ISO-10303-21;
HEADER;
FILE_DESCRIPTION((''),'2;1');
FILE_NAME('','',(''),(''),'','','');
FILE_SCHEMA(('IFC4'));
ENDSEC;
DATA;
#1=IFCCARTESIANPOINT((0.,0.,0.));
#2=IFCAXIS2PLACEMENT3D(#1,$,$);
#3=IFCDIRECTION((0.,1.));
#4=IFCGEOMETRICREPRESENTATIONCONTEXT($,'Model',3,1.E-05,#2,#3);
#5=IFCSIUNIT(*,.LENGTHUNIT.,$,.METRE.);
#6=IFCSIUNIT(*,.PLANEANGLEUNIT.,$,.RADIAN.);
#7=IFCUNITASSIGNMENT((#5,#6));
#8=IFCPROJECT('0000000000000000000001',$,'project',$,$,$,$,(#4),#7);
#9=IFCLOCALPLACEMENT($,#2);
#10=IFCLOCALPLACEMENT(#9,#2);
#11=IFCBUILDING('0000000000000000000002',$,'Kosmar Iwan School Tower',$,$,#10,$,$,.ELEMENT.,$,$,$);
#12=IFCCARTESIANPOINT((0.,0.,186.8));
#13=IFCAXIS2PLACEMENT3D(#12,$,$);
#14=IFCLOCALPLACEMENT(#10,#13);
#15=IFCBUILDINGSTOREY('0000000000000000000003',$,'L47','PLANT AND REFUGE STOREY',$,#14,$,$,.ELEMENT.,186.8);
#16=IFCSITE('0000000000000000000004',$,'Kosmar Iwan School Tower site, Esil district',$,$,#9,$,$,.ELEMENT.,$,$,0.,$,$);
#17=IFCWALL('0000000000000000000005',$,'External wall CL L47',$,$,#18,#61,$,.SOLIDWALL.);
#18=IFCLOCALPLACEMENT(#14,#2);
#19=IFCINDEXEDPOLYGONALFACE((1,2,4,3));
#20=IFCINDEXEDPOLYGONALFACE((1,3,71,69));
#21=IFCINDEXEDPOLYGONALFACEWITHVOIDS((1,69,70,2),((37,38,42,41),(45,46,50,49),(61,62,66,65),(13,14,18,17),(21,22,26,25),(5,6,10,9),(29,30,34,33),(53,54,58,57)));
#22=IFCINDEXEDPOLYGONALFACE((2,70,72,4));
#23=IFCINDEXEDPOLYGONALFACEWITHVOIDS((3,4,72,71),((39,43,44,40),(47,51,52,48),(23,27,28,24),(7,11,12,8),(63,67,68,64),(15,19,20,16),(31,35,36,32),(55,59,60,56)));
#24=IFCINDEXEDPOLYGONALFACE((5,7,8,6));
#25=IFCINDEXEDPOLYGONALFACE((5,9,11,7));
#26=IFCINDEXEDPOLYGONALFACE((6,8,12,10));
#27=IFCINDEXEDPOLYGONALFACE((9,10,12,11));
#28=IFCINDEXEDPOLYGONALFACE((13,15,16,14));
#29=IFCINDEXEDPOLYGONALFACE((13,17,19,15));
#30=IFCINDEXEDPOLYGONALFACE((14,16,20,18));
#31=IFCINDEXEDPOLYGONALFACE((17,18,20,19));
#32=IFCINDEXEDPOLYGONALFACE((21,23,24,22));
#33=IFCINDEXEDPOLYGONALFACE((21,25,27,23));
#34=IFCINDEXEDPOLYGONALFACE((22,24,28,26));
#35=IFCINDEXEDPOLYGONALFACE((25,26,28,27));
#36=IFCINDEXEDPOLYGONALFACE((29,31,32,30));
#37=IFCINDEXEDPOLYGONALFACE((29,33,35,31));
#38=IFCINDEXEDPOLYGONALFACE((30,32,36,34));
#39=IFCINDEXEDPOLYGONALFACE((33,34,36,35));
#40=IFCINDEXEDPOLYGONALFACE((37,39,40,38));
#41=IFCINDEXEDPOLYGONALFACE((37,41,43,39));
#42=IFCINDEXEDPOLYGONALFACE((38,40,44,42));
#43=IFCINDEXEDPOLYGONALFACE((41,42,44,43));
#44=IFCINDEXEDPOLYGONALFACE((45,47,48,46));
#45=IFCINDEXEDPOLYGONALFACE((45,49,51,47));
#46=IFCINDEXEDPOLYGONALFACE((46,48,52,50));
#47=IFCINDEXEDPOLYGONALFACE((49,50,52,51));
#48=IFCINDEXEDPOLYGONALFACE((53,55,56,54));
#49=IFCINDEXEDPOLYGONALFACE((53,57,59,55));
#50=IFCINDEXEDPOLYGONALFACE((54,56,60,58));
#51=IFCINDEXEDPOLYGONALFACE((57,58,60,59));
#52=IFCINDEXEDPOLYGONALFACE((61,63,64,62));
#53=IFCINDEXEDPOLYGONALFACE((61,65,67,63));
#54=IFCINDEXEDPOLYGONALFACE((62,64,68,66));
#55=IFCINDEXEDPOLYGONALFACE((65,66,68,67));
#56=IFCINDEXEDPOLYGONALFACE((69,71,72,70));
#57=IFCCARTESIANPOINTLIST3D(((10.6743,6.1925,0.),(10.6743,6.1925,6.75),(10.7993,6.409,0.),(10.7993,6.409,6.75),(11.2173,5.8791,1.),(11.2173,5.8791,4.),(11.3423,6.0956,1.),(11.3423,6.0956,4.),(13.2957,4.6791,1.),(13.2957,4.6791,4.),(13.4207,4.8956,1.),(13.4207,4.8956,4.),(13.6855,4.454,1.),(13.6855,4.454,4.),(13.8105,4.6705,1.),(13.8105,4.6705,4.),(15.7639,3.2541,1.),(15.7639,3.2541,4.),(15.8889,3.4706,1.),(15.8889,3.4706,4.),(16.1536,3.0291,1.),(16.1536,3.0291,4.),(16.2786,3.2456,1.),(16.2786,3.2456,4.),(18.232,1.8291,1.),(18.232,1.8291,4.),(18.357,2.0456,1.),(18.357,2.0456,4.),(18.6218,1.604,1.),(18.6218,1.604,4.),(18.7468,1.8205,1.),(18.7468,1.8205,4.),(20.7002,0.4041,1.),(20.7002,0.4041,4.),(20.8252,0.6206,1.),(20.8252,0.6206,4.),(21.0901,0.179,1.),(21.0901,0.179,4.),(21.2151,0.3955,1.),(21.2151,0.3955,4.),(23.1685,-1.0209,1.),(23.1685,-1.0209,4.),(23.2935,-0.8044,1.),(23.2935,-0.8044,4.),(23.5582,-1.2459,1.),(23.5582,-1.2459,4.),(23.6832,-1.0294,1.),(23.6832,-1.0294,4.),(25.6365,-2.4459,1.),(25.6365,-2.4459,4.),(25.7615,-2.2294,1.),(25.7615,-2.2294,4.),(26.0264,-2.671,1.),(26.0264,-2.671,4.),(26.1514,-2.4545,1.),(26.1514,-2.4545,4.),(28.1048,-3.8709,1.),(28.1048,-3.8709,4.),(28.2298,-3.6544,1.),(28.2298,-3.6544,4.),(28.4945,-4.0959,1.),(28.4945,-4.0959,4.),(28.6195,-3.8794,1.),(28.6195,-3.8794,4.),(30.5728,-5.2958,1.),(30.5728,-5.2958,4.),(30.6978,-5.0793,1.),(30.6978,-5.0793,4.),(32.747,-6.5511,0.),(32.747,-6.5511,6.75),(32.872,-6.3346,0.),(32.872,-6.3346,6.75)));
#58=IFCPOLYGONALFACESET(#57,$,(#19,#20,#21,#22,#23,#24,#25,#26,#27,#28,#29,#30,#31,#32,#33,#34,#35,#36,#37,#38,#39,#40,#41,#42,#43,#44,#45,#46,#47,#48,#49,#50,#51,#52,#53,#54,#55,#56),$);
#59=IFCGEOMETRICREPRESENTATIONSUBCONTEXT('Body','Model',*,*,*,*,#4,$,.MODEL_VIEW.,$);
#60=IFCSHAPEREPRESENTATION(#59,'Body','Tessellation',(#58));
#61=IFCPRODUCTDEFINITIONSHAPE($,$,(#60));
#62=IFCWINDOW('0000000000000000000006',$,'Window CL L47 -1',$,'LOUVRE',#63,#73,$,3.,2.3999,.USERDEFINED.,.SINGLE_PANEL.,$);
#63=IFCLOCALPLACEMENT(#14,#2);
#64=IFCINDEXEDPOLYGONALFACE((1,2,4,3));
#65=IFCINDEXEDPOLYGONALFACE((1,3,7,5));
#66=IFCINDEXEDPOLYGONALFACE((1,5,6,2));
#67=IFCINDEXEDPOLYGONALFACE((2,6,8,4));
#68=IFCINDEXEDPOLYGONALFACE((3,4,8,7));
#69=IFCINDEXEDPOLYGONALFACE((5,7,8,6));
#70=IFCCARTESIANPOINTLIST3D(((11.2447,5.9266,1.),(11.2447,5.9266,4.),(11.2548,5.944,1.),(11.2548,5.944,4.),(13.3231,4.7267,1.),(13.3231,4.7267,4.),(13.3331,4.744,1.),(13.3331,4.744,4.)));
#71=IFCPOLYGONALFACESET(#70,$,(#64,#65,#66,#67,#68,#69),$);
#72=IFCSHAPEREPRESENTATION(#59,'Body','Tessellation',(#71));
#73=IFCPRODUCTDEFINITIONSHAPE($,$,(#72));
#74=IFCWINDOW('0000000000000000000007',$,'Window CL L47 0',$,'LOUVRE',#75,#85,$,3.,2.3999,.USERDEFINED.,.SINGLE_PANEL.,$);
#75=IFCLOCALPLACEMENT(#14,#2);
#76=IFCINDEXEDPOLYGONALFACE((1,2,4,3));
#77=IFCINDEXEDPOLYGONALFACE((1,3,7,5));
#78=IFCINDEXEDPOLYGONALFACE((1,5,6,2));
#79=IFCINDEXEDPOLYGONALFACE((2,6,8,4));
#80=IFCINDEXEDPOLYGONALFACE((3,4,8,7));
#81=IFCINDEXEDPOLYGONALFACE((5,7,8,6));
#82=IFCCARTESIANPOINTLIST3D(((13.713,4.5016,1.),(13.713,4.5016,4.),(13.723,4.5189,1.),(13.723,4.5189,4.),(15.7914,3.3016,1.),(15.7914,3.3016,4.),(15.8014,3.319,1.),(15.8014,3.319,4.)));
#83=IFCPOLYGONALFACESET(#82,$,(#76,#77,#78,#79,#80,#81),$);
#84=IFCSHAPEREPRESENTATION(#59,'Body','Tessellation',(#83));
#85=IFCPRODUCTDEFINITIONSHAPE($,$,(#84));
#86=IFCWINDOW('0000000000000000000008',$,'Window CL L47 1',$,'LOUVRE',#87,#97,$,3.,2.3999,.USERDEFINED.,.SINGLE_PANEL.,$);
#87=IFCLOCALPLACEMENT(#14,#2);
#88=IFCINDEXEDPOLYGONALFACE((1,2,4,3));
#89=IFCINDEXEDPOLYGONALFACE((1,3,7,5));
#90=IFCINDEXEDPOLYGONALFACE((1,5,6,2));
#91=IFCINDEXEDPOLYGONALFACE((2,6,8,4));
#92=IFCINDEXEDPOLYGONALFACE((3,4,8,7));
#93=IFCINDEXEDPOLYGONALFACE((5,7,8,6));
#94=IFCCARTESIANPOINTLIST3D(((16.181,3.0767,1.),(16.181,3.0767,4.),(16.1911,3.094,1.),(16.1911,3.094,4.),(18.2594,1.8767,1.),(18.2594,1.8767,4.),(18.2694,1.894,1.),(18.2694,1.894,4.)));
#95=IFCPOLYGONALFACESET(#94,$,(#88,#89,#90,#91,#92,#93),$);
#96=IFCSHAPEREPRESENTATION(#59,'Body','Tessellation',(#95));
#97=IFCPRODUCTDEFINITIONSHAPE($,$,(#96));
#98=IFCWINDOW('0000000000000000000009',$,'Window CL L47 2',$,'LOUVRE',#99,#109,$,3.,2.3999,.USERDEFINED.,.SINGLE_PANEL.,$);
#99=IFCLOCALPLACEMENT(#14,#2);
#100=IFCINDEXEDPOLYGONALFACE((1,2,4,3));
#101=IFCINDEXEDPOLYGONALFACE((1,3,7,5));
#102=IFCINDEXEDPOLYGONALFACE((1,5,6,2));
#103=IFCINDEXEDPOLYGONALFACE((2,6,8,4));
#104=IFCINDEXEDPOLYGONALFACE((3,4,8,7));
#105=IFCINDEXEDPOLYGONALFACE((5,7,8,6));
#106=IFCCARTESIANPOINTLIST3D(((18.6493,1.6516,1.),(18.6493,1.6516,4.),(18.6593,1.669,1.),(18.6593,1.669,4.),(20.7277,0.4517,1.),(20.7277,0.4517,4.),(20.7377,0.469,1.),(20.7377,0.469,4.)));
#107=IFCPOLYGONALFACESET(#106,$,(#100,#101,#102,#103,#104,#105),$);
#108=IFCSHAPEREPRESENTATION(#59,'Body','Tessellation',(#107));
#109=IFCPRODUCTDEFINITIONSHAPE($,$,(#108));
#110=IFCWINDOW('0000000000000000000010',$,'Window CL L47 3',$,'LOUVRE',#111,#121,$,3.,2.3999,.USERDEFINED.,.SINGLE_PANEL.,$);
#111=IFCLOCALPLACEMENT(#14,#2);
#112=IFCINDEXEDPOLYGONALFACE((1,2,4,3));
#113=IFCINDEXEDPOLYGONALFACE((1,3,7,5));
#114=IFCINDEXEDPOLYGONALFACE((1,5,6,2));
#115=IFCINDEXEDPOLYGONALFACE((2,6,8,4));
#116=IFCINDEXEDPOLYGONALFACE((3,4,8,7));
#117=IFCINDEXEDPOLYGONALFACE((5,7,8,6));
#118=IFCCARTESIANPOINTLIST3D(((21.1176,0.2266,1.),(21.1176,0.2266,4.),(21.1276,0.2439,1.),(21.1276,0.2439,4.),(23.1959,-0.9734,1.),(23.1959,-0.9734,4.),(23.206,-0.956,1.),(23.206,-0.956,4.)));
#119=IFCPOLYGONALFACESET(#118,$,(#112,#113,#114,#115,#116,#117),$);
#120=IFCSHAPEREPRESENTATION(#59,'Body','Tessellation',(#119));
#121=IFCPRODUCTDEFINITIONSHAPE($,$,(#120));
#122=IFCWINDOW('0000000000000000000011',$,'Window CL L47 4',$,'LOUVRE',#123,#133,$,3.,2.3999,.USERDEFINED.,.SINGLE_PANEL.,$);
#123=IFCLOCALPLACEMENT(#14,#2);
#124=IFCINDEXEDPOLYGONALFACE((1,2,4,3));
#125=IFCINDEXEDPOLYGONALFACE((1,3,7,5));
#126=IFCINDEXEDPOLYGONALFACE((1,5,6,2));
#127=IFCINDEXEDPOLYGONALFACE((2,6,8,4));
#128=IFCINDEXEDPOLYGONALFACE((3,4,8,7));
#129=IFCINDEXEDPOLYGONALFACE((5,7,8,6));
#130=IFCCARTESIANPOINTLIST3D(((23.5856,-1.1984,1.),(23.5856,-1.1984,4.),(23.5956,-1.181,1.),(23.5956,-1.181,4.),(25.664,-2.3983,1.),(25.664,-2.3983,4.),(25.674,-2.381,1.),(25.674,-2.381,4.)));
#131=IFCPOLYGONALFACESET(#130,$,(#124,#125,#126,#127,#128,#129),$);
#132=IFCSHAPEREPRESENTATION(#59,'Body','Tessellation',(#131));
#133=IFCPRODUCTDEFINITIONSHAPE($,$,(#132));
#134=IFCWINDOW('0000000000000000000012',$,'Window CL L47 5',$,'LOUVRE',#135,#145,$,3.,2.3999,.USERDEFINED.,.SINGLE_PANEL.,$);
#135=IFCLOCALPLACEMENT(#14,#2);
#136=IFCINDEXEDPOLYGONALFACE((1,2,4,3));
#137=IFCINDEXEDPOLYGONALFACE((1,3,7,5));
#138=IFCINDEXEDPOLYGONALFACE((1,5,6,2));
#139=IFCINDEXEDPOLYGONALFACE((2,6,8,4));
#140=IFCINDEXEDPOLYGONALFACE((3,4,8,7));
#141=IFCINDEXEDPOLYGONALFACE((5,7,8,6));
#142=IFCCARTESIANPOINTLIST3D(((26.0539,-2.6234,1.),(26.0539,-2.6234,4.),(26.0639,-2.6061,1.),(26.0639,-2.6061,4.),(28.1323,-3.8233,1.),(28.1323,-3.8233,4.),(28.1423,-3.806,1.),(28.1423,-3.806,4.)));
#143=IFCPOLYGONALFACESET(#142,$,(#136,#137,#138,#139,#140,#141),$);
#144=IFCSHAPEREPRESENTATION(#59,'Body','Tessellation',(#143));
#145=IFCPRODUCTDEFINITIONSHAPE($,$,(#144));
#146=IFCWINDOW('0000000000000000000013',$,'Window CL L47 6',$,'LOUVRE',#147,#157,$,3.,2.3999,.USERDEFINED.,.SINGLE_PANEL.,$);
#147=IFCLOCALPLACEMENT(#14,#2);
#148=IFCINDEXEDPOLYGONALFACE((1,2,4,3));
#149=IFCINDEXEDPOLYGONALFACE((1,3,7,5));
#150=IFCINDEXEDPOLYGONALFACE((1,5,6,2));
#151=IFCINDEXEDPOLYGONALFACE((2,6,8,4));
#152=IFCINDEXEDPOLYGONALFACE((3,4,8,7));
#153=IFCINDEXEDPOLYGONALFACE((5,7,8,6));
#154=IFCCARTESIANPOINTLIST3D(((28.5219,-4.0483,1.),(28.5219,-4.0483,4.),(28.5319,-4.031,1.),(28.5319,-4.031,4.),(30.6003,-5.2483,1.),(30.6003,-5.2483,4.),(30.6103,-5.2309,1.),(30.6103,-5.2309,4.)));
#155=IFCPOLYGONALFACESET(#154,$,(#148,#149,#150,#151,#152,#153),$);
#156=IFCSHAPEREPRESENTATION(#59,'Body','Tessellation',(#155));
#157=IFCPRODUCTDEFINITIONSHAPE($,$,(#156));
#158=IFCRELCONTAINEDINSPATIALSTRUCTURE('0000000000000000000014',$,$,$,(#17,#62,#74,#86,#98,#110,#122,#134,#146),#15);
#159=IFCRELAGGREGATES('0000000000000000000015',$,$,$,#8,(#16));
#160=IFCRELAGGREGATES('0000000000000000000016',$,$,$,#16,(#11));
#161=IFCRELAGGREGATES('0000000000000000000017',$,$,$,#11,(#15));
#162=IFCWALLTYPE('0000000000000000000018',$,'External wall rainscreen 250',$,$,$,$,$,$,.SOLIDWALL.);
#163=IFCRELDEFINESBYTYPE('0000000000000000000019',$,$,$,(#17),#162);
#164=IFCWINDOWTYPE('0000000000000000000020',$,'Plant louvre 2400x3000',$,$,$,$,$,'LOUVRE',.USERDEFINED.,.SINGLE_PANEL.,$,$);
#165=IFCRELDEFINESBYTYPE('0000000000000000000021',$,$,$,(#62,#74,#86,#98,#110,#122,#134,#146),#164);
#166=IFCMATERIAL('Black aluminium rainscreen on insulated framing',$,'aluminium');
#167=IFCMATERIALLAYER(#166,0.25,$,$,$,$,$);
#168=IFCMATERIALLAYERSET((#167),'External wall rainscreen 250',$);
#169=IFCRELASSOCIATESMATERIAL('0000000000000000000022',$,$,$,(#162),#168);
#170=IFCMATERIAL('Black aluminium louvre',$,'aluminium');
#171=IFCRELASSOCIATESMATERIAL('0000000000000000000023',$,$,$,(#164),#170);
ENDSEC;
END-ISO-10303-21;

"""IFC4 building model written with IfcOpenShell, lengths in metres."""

from ifc_helpers import new_model, si_unit, direction, frame, frame_2d, origin, place, context, subcontext, project, spatial, rectangle, extrude, material, layer, layer_set, type_object, element, fill, save


model = new_model("IFC4")

# Units and contexts
model_context = context("Model", 3, precision=1e-05, world=origin(), true_north=direction((0.0, 1.0)))
body_context = subcontext(model_context, "Body", "Model", "MODEL_VIEW")
ifc_project = project(units=[si_unit("LENGTHUNIT", "METRE"), si_unit("PLANEANGLEUNIT", "RADIAN")], contexts=[model_context])

# Site, building, storey
site_placement = place(None, origin())
site = spatial("IfcSite", under=ifc_project, at=site_placement, Name="Kosmar Iwan School Tower site, Esil district", CompositionType="ELEMENT", RefElevation=0.0)
building_placement = place(site_placement, origin())
building = spatial("IfcBuilding", under=site, at=building_placement, Name="Kosmar Iwan School Tower", CompositionType="ELEMENT")
storey_placement = place(building_placement, frame((0.0, 0.0, 186.8)))
storey = spatial("IfcBuildingStorey", under=building, at=storey_placement, Name="L47", Description="PLANT AND REFUGE STOREY", CompositionType="ELEMENT", Elevation=186.8)

# Wall, openings, windows
ifc_material_1 = material(Name="Black aluminium rainscreen on insulated framing", Category="aluminium")
ifc_layer = layer(ifc_material_1, 0.25)
ifc_layer_set = layer_set([ifc_layer], Name="External wall rainscreen 250")
wall_type = type_object("IfcWallType", Name="External wall rainscreen 250", PredefinedType="SOLIDWALL", material=ifc_layer_set)
wall_1_placement = place(storey_placement, frame((10.7368, 6.3008, 0.0), z_axis=(0.0, 0.0, 1.0), x_axis=(0.866026, -0.499998, 0.0)))
wall_1 = element("IfcWall", 1, at=wall_1_placement, inside=storey, type_object=wall_type, Name="External wall CL L47", PredefinedType="SOLIDWALL", context=body_context, shape_type="SweptSolid", body=[
    extrude(rectangle(XDim=25.4873, YDim=0.25, at=frame_2d((12.7437, 0.0))), origin(), (0.0, 0.0, 1.0), 6.75),
])
opening_1_placement = place(wall_1_placement, frame((0.627, 0.0, 1.0)))
opening_1 = element("IfcOpeningElement", 2, at=opening_1_placement, cuts=wall_1, PredefinedType="OPENING", context=body_context, shape_type="SweptSolid", body=[
    extrude(rectangle(XDim=2.3999, YDim=3.0, at=frame_2d((1.2, 1.5))), frame((0.0, 0.137, 0.0), z_axis=(0.0, -1.0, 0.0), x_axis=(1.0, 0.0, 0.0)), (0.0, 0.0, 1.0), 0.2739),
])
opening_2_placement = place(wall_1_placement, frame((3.4771, 0.0, 1.0)))
opening_2 = element("IfcOpeningElement", 3, at=opening_2_placement, cuts=wall_1, PredefinedType="OPENING", context=body_context, shape_type="SweptSolid", body=[
    extrude(rectangle(XDim=2.3999, YDim=3.0, at=frame_2d((1.2, 1.5))), frame((0.0, 0.137, 0.0), z_axis=(0.0, -1.0, 0.0), x_axis=(1.0, 0.0, 0.0)), (0.0, 0.0, 1.0), 0.2739),
])
opening_3_placement = place(wall_1_placement, frame((6.3269, 0.0, 1.0)))
opening_3 = element("IfcOpeningElement", 4, at=opening_3_placement, cuts=wall_1, PredefinedType="OPENING", context=body_context, shape_type="SweptSolid", body=[
    extrude(rectangle(XDim=2.3999, YDim=3.0, at=frame_2d((1.2, 1.5))), frame((0.0, 0.137, 0.0), z_axis=(0.0, -1.0, 0.0), x_axis=(1.0, 0.0, 0.0)), (0.0, 0.0, 1.0), 0.2739),
])
opening_4_placement = place(wall_1_placement, frame((9.177, 0.0, 1.0)))
opening_4 = element("IfcOpeningElement", 5, at=opening_4_placement, cuts=wall_1, PredefinedType="OPENING", context=body_context, shape_type="SweptSolid", body=[
    extrude(rectangle(XDim=2.3999, YDim=3.0, at=frame_2d((1.2, 1.5))), frame((0.0, 0.137, 0.0), z_axis=(0.0, -1.0, 0.0), x_axis=(1.0, 0.0, 0.0)), (0.0, 0.0, 1.0), 0.2739),
])
opening_5_placement = place(wall_1_placement, frame((12.0271, 0.0, 1.0)))
opening_5 = element("IfcOpeningElement", 6, at=opening_5_placement, cuts=wall_1, PredefinedType="OPENING", context=body_context, shape_type="SweptSolid", body=[
    extrude(rectangle(XDim=2.3999, YDim=3.0, at=frame_2d((1.2, 1.5))), frame((0.0, 0.137, 0.0), z_axis=(0.0, -1.0, 0.0), x_axis=(1.0, 0.0, 0.0)), (0.0, 0.0, 1.0), 0.2739),
])
opening_6_placement = place(wall_1_placement, frame((14.877, 0.0, 1.0)))
opening_6 = element("IfcOpeningElement", 7, at=opening_6_placement, cuts=wall_1, PredefinedType="OPENING", context=body_context, shape_type="SweptSolid", body=[
    extrude(rectangle(XDim=2.3999, YDim=3.0, at=frame_2d((1.2, 1.5))), frame((0.0, 0.137, 0.0), z_axis=(0.0, -1.0, 0.0), x_axis=(1.0, 0.0, 0.0)), (0.0, 0.0, 1.0), 0.2739),
])
opening_7_placement = place(wall_1_placement, frame((17.7271, 0.0, 1.0)))
opening_7 = element("IfcOpeningElement", 8, at=opening_7_placement, cuts=wall_1, PredefinedType="OPENING", context=body_context, shape_type="SweptSolid", body=[
    extrude(rectangle(XDim=2.3999, YDim=3.0, at=frame_2d((1.2, 1.5))), frame((0.0, 0.137, 0.0), z_axis=(0.0, -1.0, 0.0), x_axis=(1.0, 0.0, 0.0)), (0.0, 0.0, 1.0), 0.2739),
])
opening_8_placement = place(wall_1_placement, frame((20.5769, 0.0, 1.0)))
opening_8 = element("IfcOpeningElement", 9, at=opening_8_placement, cuts=wall_1, PredefinedType="OPENING", context=body_context, shape_type="SweptSolid", body=[
    extrude(rectangle(XDim=2.3999, YDim=3.0, at=frame_2d((1.2, 1.5))), frame((0.0, 0.137, 0.0), z_axis=(0.0, -1.0, 0.0), x_axis=(1.0, 0.0, 0.0)), (0.0, 0.0, 1.0), 0.2739),
])
ifc_material_2 = material(Name="Black aluminium louvre", Category="aluminium")
window_type = type_object("IfcWindowType", Name="Plant louvre 2400x3000", ElementType="LOUVRE", PartitioningType="SINGLE_PANEL", PredefinedType="USERDEFINED", material=ifc_material_2)
window_1_placement = place(opening_1_placement, origin())
window_1 = element("IfcWindow", 10, at=window_1_placement, inside=storey, type_object=window_type, Name="Window CL L47 -1", ObjectType="LOUVRE", OverallHeight=3.0, OverallWidth=2.3999, PartitioningType="SINGLE_PANEL", PredefinedType="USERDEFINED", context=body_context, shape_type="SweptSolid", body=[
    extrude(rectangle(XDim=2.3999, YDim=3.0, at=frame_2d((1.2, 1.5))), frame((0.0, -0.05, 0.0), z_axis=(0.0, -1.0, 0.0), x_axis=(1.0, 0.0, 0.0)), (0.0, 0.0, 1.0), 0.02),
])
fill(opening_1, window_1)
window_2_placement = place(opening_2_placement, origin())
window_2 = element("IfcWindow", 11, at=window_2_placement, inside=storey, type_object=window_type, Name="Window CL L47 0", ObjectType="LOUVRE", OverallHeight=3.0, OverallWidth=2.3999, PartitioningType="SINGLE_PANEL", PredefinedType="USERDEFINED", context=body_context, shape_type="SweptSolid", body=[
    extrude(rectangle(XDim=2.3999, YDim=3.0, at=frame_2d((1.2, 1.5))), frame((0.0, -0.05, 0.0), z_axis=(0.0, -1.0, 0.0), x_axis=(1.0, 0.0, 0.0)), (0.0, 0.0, 1.0), 0.02),
])
fill(opening_2, window_2)
window_3_placement = place(opening_3_placement, origin())
window_3 = element("IfcWindow", 12, at=window_3_placement, inside=storey, type_object=window_type, Name="Window CL L47 1", ObjectType="LOUVRE", OverallHeight=3.0, OverallWidth=2.3999, PartitioningType="SINGLE_PANEL", PredefinedType="USERDEFINED", context=body_context, shape_type="SweptSolid", body=[
    extrude(rectangle(XDim=2.3999, YDim=3.0, at=frame_2d((1.2, 1.5))), frame((0.0, -0.05, 0.0), z_axis=(0.0, -1.0, 0.0), x_axis=(1.0, 0.0, 0.0)), (0.0, 0.0, 1.0), 0.02),
])
fill(opening_3, window_3)
window_4_placement = place(opening_4_placement, origin())
window_4 = element("IfcWindow", 13, at=window_4_placement, inside=storey, type_object=window_type, Name="Window CL L47 2", ObjectType="LOUVRE", OverallHeight=3.0, OverallWidth=2.3999, PartitioningType="SINGLE_PANEL", PredefinedType="USERDEFINED", context=body_context, shape_type="SweptSolid", body=[
    extrude(rectangle(XDim=2.3999, YDim=3.0, at=frame_2d((1.2, 1.5))), frame((0.0, -0.05, 0.0), z_axis=(0.0, -1.0, 0.0), x_axis=(1.0, 0.0, 0.0)), (0.0, 0.0, 1.0), 0.02),
])
fill(opening_4, window_4)
window_5_placement = place(opening_5_placement, origin())
window_5 = element("IfcWindow", 14, at=window_5_placement, inside=storey, type_object=window_type, Name="Window CL L47 3", ObjectType="LOUVRE", OverallHeight=3.0, OverallWidth=2.3999, PartitioningType="SINGLE_PANEL", PredefinedType="USERDEFINED", context=body_context, shape_type="SweptSolid", body=[
    extrude(rectangle(XDim=2.3999, YDim=3.0, at=frame_2d((1.2, 1.5))), frame((0.0, -0.05, 0.0), z_axis=(0.0, -1.0, 0.0), x_axis=(1.0, 0.0, 0.0)), (0.0, 0.0, 1.0), 0.02),
])
fill(opening_5, window_5)
window_6_placement = place(opening_6_placement, origin())
window_6 = element("IfcWindow", 15, at=window_6_placement, inside=storey, type_object=window_type, Name="Window CL L47 4", ObjectType="LOUVRE", OverallHeight=3.0, OverallWidth=2.3999, PartitioningType="SINGLE_PANEL", PredefinedType="USERDEFINED", context=body_context, shape_type="SweptSolid", body=[
    extrude(rectangle(XDim=2.3999, YDim=3.0, at=frame_2d((1.2, 1.5))), frame((0.0, -0.05, 0.0), z_axis=(0.0, -1.0, 0.0), x_axis=(1.0, 0.0, 0.0)), (0.0, 0.0, 1.0), 0.02),
])
fill(opening_6, window_6)
window_7_placement = place(opening_7_placement, origin())
window_7 = element("IfcWindow", 16, at=window_7_placement, inside=storey, type_object=window_type, Name="Window CL L47 5", ObjectType="LOUVRE", OverallHeight=3.0, OverallWidth=2.3999, PartitioningType="SINGLE_PANEL", PredefinedType="USERDEFINED", context=body_context, shape_type="SweptSolid", body=[
    extrude(rectangle(XDim=2.3999, YDim=3.0, at=frame_2d((1.2, 1.5))), frame((0.0, -0.05, 0.0), z_axis=(0.0, -1.0, 0.0), x_axis=(1.0, 0.0, 0.0)), (0.0, 0.0, 1.0), 0.02),
])
fill(opening_7, window_7)
window_8_placement = place(opening_8_placement, origin())
window_8 = element("IfcWindow", 17, at=window_8_placement, inside=storey, type_object=window_type, Name="Window CL L47 6", ObjectType="LOUVRE", OverallHeight=3.0, OverallWidth=2.3999, PartitioningType="SINGLE_PANEL", PredefinedType="USERDEFINED", context=body_context, shape_type="SweptSolid", body=[
    extrude(rectangle(XDim=2.3999, YDim=3.0, at=frame_2d((1.2, 1.5))), frame((0.0, -0.05, 0.0), z_axis=(0.0, -1.0, 0.0), x_axis=(1.0, 0.0, 0.0)), (0.0, 0.0, 1.0), 0.02),
])
fill(opening_8, window_8)

save(model, "model.ifc")
